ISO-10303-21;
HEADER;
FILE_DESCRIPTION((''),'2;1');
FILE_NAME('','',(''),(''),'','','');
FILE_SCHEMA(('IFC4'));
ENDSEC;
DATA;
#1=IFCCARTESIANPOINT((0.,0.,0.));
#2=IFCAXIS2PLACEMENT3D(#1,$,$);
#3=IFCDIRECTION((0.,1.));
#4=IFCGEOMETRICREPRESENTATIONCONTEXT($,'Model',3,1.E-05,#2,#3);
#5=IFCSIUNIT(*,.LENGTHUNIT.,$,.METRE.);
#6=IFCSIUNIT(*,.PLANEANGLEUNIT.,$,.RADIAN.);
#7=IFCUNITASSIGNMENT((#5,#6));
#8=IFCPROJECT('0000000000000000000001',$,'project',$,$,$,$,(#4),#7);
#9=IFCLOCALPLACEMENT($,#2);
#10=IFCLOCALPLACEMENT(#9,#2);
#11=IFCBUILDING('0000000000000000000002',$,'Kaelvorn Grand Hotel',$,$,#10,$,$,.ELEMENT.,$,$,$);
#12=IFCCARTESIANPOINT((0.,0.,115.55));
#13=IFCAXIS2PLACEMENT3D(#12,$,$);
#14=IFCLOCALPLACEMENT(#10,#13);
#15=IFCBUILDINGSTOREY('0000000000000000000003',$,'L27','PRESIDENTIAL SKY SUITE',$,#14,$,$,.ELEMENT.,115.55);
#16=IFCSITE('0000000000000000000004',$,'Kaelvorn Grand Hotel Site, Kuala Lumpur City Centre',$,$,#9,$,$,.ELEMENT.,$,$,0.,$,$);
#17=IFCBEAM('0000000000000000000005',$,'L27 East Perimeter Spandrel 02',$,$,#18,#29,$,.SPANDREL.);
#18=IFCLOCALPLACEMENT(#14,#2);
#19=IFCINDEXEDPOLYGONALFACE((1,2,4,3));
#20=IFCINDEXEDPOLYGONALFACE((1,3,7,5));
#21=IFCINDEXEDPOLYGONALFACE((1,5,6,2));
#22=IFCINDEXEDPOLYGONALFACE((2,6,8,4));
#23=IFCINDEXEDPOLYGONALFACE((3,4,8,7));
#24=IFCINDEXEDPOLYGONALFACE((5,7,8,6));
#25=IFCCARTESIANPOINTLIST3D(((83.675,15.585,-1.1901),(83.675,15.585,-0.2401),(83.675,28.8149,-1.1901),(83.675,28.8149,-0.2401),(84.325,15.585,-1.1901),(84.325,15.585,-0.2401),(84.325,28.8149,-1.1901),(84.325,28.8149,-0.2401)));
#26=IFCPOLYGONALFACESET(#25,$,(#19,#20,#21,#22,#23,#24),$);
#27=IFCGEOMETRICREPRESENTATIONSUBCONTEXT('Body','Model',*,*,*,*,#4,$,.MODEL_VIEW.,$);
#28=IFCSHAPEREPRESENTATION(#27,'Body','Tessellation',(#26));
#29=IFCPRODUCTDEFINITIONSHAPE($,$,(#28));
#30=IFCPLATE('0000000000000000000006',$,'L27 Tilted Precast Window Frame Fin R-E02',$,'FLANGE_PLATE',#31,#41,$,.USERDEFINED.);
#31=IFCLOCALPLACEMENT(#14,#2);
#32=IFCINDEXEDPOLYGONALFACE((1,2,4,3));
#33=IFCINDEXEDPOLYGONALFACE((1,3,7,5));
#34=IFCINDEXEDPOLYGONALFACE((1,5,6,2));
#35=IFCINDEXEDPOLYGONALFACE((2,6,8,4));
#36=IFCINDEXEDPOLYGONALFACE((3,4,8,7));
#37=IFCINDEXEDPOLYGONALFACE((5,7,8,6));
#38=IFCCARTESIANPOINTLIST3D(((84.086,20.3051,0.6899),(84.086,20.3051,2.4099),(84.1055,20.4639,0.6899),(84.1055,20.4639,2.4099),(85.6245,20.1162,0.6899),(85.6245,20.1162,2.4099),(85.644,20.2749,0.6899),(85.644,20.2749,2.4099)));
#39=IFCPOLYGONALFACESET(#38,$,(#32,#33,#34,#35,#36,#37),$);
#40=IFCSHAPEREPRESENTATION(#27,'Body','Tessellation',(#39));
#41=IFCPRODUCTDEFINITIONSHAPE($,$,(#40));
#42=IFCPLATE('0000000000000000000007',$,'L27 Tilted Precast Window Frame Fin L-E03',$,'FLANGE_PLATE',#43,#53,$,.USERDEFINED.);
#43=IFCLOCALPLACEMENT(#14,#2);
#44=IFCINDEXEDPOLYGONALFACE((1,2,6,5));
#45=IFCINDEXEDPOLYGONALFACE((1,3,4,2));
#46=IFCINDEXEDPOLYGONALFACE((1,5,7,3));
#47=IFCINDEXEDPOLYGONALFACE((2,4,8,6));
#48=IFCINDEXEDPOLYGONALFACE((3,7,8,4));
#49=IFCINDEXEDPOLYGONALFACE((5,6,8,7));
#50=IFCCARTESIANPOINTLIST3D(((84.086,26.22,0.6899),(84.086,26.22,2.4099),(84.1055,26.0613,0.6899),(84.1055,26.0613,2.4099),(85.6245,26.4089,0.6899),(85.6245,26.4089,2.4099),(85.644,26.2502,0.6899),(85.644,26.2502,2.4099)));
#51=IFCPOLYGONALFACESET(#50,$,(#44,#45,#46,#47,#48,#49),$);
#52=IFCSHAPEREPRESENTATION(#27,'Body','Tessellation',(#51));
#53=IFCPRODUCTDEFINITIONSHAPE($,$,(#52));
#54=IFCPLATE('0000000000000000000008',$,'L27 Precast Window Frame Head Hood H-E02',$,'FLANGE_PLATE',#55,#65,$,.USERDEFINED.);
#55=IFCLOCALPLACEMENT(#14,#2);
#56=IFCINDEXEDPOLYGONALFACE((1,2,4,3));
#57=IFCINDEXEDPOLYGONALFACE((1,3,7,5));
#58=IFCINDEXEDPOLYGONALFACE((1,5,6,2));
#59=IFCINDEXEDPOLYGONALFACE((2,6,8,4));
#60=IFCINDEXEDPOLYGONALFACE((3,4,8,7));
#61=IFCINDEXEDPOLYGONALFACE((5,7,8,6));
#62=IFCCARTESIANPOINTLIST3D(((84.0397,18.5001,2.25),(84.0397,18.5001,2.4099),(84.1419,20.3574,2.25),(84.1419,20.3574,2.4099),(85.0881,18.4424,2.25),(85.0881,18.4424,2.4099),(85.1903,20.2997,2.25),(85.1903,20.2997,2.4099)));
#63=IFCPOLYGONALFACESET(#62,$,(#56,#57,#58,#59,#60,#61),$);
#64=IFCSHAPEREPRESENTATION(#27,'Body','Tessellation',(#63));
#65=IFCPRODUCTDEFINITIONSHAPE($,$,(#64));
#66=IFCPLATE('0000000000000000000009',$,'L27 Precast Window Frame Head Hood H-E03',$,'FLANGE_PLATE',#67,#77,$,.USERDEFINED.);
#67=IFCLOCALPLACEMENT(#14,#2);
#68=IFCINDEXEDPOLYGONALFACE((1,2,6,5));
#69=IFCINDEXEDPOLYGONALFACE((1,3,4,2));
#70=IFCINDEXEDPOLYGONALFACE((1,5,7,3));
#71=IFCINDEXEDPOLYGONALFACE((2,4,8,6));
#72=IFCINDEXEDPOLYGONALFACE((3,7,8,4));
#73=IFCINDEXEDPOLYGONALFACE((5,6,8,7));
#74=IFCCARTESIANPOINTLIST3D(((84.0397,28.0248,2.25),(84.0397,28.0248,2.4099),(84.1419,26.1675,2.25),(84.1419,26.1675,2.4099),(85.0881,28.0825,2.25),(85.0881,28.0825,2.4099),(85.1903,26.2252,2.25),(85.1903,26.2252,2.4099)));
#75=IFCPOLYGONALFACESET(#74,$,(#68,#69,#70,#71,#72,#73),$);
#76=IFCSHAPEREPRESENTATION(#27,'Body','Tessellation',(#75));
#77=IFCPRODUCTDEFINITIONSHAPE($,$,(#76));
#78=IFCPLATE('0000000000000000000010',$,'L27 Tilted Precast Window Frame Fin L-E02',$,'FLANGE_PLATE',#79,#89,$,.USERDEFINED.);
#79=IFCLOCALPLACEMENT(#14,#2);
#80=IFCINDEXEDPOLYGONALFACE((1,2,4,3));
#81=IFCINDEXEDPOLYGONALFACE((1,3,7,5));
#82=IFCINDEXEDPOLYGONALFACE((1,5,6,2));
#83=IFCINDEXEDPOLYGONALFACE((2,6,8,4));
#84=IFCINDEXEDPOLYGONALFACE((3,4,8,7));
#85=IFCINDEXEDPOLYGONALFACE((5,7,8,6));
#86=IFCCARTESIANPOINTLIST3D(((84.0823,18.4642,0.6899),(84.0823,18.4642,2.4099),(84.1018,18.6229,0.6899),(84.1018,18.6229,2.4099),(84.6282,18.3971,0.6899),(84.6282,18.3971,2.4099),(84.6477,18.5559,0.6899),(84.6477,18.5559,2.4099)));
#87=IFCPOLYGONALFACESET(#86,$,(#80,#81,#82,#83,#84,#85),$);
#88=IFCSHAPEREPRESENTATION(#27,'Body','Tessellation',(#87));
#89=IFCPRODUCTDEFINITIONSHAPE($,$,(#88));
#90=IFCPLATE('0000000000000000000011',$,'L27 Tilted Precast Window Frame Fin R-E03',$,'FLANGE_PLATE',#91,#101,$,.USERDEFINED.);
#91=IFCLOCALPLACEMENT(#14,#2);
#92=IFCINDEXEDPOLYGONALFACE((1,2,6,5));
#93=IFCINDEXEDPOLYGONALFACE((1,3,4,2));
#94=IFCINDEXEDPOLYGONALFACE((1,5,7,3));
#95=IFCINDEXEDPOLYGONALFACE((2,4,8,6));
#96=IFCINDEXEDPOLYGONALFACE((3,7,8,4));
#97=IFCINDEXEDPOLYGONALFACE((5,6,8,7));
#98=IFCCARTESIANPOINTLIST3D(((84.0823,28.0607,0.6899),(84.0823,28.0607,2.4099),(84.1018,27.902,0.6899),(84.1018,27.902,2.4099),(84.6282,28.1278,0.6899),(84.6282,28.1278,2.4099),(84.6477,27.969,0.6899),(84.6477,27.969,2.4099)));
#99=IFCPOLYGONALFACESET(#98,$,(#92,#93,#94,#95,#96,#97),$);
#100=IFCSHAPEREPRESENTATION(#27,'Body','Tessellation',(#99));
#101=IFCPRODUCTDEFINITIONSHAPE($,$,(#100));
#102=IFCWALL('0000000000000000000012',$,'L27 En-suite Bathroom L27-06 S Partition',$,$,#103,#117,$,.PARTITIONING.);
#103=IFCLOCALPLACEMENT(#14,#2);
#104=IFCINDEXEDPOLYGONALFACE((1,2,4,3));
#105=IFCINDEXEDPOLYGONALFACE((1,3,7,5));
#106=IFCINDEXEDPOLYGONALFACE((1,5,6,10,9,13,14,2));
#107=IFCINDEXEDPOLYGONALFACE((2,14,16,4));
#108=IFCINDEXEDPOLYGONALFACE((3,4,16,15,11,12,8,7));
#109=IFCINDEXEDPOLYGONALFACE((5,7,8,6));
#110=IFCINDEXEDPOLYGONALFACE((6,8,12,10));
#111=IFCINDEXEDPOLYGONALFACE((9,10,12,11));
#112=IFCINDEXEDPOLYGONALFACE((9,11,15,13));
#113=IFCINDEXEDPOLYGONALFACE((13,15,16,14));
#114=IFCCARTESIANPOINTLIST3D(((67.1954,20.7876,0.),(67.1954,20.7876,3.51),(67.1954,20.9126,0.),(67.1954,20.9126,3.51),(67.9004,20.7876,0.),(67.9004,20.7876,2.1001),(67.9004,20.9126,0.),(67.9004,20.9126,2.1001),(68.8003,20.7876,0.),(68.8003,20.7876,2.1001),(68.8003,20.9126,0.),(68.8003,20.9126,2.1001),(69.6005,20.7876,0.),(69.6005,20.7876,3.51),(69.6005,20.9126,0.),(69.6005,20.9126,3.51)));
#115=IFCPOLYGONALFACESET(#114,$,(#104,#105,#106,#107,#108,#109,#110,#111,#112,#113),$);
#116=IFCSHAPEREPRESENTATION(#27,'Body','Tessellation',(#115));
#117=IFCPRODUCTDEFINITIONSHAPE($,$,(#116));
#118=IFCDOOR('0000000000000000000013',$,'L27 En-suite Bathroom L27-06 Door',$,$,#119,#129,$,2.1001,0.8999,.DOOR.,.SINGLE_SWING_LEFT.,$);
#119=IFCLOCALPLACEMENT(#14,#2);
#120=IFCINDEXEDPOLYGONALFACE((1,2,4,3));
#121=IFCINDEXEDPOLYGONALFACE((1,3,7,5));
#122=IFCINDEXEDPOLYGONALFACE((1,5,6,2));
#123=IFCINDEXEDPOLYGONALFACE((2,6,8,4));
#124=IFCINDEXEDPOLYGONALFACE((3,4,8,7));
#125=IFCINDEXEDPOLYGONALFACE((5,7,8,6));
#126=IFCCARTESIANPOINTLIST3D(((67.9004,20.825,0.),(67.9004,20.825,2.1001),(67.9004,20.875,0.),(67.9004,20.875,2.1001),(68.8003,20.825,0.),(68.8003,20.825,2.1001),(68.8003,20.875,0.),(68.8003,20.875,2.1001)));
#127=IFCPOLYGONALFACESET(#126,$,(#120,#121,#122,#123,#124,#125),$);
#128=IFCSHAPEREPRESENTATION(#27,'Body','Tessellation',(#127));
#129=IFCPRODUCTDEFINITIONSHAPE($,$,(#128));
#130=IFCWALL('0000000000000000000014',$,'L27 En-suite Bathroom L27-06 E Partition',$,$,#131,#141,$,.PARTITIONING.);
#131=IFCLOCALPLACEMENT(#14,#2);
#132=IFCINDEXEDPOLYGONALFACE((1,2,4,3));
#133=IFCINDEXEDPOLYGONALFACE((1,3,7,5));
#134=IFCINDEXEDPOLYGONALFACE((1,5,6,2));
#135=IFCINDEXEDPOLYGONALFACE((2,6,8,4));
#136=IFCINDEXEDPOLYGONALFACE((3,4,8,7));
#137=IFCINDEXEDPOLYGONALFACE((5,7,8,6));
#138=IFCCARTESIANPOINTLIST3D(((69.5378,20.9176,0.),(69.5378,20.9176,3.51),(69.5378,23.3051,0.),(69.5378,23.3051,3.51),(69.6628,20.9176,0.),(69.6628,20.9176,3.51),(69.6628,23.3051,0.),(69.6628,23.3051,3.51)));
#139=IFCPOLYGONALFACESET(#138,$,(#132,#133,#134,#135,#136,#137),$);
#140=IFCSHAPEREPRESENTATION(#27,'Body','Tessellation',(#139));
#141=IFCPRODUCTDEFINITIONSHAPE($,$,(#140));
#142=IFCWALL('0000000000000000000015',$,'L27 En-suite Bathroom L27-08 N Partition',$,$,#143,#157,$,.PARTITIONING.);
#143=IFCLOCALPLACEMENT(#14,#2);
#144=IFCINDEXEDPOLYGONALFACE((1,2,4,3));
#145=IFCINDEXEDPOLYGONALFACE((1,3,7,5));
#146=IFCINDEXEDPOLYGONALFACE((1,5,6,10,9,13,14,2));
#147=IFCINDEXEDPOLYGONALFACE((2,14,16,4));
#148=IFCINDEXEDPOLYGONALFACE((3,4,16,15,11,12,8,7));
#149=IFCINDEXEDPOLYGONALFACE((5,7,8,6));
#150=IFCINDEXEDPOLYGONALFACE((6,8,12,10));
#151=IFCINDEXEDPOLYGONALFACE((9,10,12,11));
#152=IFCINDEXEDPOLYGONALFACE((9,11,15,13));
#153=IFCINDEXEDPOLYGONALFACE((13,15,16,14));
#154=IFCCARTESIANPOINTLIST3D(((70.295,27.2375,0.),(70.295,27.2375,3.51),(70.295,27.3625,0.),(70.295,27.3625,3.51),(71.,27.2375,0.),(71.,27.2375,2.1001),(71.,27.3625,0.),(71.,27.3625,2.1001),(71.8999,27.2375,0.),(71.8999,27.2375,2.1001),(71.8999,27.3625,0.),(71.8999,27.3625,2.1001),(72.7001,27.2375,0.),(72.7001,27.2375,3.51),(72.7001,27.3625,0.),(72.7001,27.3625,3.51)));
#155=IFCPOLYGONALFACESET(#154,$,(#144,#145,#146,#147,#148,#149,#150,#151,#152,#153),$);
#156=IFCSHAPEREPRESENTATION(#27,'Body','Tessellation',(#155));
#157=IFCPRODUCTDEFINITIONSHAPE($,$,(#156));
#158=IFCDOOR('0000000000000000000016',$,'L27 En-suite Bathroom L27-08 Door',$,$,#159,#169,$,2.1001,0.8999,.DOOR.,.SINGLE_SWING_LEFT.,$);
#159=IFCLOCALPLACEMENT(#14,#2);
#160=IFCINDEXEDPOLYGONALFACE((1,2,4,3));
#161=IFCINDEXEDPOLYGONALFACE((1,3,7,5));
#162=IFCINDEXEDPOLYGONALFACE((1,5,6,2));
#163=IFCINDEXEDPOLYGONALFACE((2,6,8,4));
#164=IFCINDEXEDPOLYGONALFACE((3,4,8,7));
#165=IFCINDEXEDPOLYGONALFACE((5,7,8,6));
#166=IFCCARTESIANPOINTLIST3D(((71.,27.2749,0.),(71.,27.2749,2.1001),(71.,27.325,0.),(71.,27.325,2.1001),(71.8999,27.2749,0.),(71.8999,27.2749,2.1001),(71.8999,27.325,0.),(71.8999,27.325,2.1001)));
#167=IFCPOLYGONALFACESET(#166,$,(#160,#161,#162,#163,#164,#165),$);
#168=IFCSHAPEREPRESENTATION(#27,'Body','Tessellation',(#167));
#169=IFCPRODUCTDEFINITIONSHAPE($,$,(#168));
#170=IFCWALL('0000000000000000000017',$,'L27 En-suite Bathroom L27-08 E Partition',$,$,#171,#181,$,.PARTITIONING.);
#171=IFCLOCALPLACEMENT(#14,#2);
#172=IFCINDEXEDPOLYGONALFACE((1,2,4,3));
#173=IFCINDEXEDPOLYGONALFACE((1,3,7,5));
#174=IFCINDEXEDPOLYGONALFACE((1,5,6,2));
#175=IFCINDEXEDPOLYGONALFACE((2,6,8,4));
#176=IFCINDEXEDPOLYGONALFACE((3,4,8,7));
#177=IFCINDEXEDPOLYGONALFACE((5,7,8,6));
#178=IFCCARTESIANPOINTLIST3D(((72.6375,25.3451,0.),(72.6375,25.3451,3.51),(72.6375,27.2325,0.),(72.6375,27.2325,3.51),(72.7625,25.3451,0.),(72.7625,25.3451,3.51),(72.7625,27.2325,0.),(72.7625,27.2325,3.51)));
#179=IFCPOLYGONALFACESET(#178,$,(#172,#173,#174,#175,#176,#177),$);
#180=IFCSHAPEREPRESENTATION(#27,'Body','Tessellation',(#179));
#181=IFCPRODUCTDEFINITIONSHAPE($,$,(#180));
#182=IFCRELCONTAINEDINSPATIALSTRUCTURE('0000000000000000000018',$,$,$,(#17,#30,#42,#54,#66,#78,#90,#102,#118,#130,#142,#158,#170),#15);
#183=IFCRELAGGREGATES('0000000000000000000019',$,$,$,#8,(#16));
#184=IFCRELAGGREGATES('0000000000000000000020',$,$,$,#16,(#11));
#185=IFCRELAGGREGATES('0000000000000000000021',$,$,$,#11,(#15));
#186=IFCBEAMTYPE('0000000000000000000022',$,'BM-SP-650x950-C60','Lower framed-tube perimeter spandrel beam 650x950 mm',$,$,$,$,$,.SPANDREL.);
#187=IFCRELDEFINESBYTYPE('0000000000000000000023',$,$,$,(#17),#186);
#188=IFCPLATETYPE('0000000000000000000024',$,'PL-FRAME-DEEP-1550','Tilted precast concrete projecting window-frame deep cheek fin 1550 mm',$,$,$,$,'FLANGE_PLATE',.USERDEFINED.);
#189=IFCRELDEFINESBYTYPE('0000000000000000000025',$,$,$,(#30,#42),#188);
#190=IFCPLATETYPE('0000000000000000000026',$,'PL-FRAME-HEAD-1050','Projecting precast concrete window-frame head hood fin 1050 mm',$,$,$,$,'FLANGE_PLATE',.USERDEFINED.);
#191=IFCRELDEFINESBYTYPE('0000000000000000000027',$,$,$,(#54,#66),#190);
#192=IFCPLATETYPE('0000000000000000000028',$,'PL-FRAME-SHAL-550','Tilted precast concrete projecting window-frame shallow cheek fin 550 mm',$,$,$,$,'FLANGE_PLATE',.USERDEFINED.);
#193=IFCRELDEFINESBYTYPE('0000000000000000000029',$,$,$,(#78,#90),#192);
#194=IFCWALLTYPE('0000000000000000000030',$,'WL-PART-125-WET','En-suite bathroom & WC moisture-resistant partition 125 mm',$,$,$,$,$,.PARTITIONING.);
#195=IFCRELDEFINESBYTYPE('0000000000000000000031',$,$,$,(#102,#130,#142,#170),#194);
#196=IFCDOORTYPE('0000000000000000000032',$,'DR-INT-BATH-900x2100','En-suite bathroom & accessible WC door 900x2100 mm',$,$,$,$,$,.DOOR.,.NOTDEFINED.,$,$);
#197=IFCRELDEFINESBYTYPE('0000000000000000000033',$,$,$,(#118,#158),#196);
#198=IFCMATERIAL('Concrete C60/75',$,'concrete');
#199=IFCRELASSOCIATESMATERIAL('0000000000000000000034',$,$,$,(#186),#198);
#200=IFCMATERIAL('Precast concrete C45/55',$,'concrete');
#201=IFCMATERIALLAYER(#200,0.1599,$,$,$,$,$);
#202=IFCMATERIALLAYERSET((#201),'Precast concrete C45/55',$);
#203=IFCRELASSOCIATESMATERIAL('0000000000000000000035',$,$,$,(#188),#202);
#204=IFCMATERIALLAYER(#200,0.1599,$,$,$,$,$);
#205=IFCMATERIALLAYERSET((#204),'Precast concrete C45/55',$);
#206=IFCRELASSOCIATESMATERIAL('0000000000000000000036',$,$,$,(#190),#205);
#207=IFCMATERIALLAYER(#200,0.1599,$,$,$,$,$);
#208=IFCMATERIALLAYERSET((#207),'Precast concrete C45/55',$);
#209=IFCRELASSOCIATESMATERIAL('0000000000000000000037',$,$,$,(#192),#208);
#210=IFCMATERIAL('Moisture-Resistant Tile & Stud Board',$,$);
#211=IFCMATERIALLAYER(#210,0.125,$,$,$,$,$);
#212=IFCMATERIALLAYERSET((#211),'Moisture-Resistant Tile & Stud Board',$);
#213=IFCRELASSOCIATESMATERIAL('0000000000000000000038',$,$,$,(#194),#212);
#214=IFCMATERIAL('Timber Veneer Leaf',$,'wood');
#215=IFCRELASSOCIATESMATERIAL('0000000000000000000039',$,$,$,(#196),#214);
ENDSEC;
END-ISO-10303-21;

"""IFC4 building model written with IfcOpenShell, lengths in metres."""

from ifc_helpers import new_model, si_unit, direction, frame, frame_2d, origin, origin_2d, place, context, subcontext, project, spatial, rectangle, extrude, material, layer, layer_set, material_profile, profile_set, type_object, element, fill, save


model = new_model("IFC4")

# Units and contexts
model_context = context("Model", 3, precision=1e-05, world=origin(), true_north=direction((0.0, 1.0)))
body_context = subcontext(model_context, "Body", "Model", "MODEL_VIEW")
ifc_project = project(units=[si_unit("LENGTHUNIT", "METRE"), si_unit("PLANEANGLEUNIT", "RADIAN")], contexts=[model_context])

# Site, building, storey
site_placement = place(None, origin())
site = spatial("IfcSite", under=ifc_project, at=site_placement, Name="Kaelvorn Grand Hotel Site, Kuala Lumpur City Centre", CompositionType="ELEMENT", RefElevation=0.0)
building_placement = place(site_placement, origin())
building = spatial("IfcBuilding", under=site, at=building_placement, Name="Kaelvorn Grand Hotel", CompositionType="ELEMENT")
storey_placement = place(building_placement, frame((0.0, 0.0, 115.55)))
storey = spatial("IfcBuildingStorey", under=building, at=storey_placement, Name="L27", Description="PRESIDENTIAL SKY SUITE", CompositionType="ELEMENT", Elevation=115.55)

# Shared definitions
ifc_material_1 = material(Name="Concrete C60/75", Category="concrete")

# Beam
ifc_material_profile_1 = material_profile(ifc_material_1, rectangle(XDim=0.6499, YDim=0.95, at=origin_2d()), Name="RC SPANDREL 650x950")
ifc_profile_set_1 = profile_set([ifc_material_profile_1], Name="Concrete C60/75")
beam_type_1 = type_object("IfcBeamType", Name="BM-SP-650x950-C60", Description="Lower framed-tube perimeter spandrel beam 650x950 mm", PredefinedType="SPANDREL", material=ifc_profile_set_1)
beam_1_placement = place(storey_placement, frame((84.0, 15.585, -0.7151), z_axis=(0.0, 1.0, 0.0), x_axis=(-1.0, 0.0, 0.0)))
element("IfcBeam", 1, at=beam_1_placement, inside=storey, type_object=beam_type_1, Name="L27 East Perimeter Spandrel 02", PredefinedType="SPANDREL", context=body_context, shape_type="SweptSolid", body=[
    extrude(rectangle(XDim=0.6499, YDim=0.95, at=origin_2d()), origin(), (0.0, 0.0, 1.0), 13.23),
])

# Plates
ifc_material_2 = material(Name="Precast concrete C45/55", Category="concrete")
ifc_layer_1 = layer(ifc_material_2, 0.1599)
ifc_layer_set_1 = layer_set([ifc_layer_1], Name="Precast concrete C45/55")
plate_type_1 = type_object("IfcPlateType", Name="PL-FRAME-DEEP-1550", Description="Tilted precast concrete projecting window-frame deep cheek fin 1550 mm", ElementType="FLANGE_PLATE", PredefinedType="USERDEFINED", material=ifc_layer_set_1)
for number, where, z_axis, x_axis, name in (
    (2, (84.865, 20.29, 0.6899), (0.0, 0.0, 1.0), (0.121869, 0.992546, 0.0), "L27 Tilted Precast Window Frame Fin R-E02"),
    (3, (84.865, 26.2351, 0.6899), (0.0, 0.0, 1.0), (-0.121869, 0.992546, 0.0), "L27 Tilted Precast Window Frame Fin L-E03"),
):
    element("IfcPlate", number, at=place(storey_placement, frame(where, z_axis=z_axis, x_axis=x_axis)), inside=storey, type_object=plate_type_1, Name=name, ObjectType="FLANGE_PLATE", PredefinedType="USERDEFINED", context=body_context, shape_type="SweptSolid", body=[
        extrude(rectangle(XDim=0.1599, YDim=1.55, at=origin_2d()), origin(), (0.0, 0.0, 1.0), 1.72),
    ])
ifc_layer_2 = layer(ifc_material_2, 0.1599)
ifc_layer_set_2 = layer_set([ifc_layer_2], Name="Precast concrete C45/55")
plate_type_2 = type_object("IfcPlateType", Name="PL-FRAME-HEAD-1050", Description="Projecting precast concrete window-frame head hood fin 1050 mm", ElementType="FLANGE_PLATE", PredefinedType="USERDEFINED", material=ifc_layer_set_2)
for number, where, z_axis, x_axis, name in (
    (4, (84.615, 19.3999, 2.25), (0.0, 0.0, 1.0), (0.05495, 0.998489, 0.0), "L27 Precast Window Frame Head Hood H-E02"),
    (5, (84.615, 27.125, 2.25), (0.0, 0.0, 1.0), (-0.05495, 0.998489, 0.0), "L27 Precast Window Frame Head Hood H-E03"),
):
    element("IfcPlate", number, at=place(storey_placement, frame(where, z_axis=z_axis, x_axis=x_axis)), inside=storey, type_object=plate_type_2, Name=name, ObjectType="FLANGE_PLATE", PredefinedType="USERDEFINED", context=body_context, shape_type="SweptSolid", body=[
        extrude(rectangle(XDim=1.8601, YDim=1.05, at=origin_2d()), origin(), (0.0, 0.0, 1.0), 0.1599),
    ])
ifc_layer_3 = layer(ifc_material_2, 0.1599)
ifc_layer_set_3 = layer_set([ifc_layer_3], Name="Precast concrete C45/55")
plate_type_3 = type_object("IfcPlateType", Name="PL-FRAME-SHAL-550", Description="Tilted precast concrete projecting window-frame shallow cheek fin 550 mm", ElementType="FLANGE_PLATE", PredefinedType="USERDEFINED", material=ifc_layer_set_3)
for number, where, z_axis, x_axis, name in (
    (6, (84.365, 18.51, 0.6899), (0.0, 0.0, 1.0), (0.121869, 0.992546, 0.0), "L27 Tilted Precast Window Frame Fin L-E02"),
    (7, (84.365, 28.0149, 0.6899), (0.0, 0.0, 1.0), (-0.121869, 0.992546, 0.0), "L27 Tilted Precast Window Frame Fin R-E03"),
):
    element("IfcPlate", number, at=place(storey_placement, frame(where, z_axis=z_axis, x_axis=x_axis)), inside=storey, type_object=plate_type_3, Name=name, ObjectType="FLANGE_PLATE", PredefinedType="USERDEFINED", context=body_context, shape_type="SweptSolid", body=[
        extrude(rectangle(XDim=0.1599, YDim=0.55, at=origin_2d()), origin(), (0.0, 0.0, 1.0), 1.72),
    ])

# Wall, opening, door
ifc_material_3 = material(Name="Moisture-Resistant Tile & Stud Board")
ifc_layer_4 = layer(ifc_material_3, 0.125)
ifc_layer_set_4 = layer_set([ifc_layer_4], Name="Moisture-Resistant Tile & Stud Board")
wall_type_1 = type_object("IfcWallType", Name="WL-PART-125-WET", Description="En-suite bathroom & WC moisture-resistant partition 125 mm", PredefinedType="PARTITIONING", material=ifc_layer_set_4)
wall_1_placement = place(storey_placement, frame((67.1953, 20.8501, 0.0), z_axis=(0.0, 0.0, 1.0), x_axis=(1.0, 0.0, 0.0)))
wall_1 = element("IfcWall", 8, at=wall_1_placement, inside=storey, type_object=wall_type_1, Name="L27 En-suite Bathroom L27-06 S Partition", PredefinedType="PARTITIONING", context=body_context, shape_type="SweptSolid", body=[
    extrude(rectangle(XDim=2.405, YDim=0.125, at=frame_2d((1.2026, 0.0))), origin(), (0.0, 0.0, 1.0), 3.51),
])
opening_1_placement = place(wall_1_placement, frame((0.7051, 0.0, 0.0)))
opening_1 = element("IfcOpeningElement", 9, at=opening_1_placement, cuts=wall_1, PredefinedType="OPENING", context=body_context, shape_type="SweptSolid", body=[
    extrude(rectangle(XDim=0.8999, YDim=2.1001, at=frame_2d((0.45, 1.05))), frame((0.0, 0.0725, 0.0), z_axis=(0.0, -1.0, 0.0), x_axis=(1.0, 0.0, 0.0)), (0.0, 0.0, 1.0), 0.145),
])
ifc_material_4 = material(Name="Timber Veneer Leaf", Category="wood")
door_type_1 = type_object("IfcDoorType", Name="DR-INT-BATH-900x2100", Description="En-suite bathroom & accessible WC door 900x2100 mm", OperationType="NOTDEFINED", PredefinedType="DOOR", material=ifc_material_4)
door_1_placement = place(opening_1_placement, origin())
door_1 = element("IfcDoor", 10, at=door_1_placement, inside=storey, type_object=door_type_1, Name="L27 En-suite Bathroom L27-06 Door", OperationType="SINGLE_SWING_LEFT", OverallHeight=2.1001, OverallWidth=0.8999, PredefinedType="DOOR", context=body_context, shape_type="SweptSolid", body=[
    extrude(rectangle(XDim=0.8999, YDim=2.1001, at=frame_2d((0.45, 1.05))), frame((0.0, 0.0249, 0.0), z_axis=(0.0, -1.0, 0.0), x_axis=(1.0, 0.0, 0.0)), (0.0, 0.0, 1.0), 0.05),
])
fill(opening_1, door_1)

# Wall
wall_2_placement = place(storey_placement, frame((69.6003, 20.9175, 0.0), z_axis=(0.0, 0.0, 1.0), x_axis=(0.0, 1.0, 0.0)))
element("IfcWall", 11, at=wall_2_placement, inside=storey, type_object=wall_type_1, Name="L27 En-suite Bathroom L27-06 E Partition", PredefinedType="PARTITIONING", context=body_context, shape_type="SweptSolid", body=[
    extrude(rectangle(XDim=2.3875, YDim=0.125, at=frame_2d((1.1938, 0.0))), origin(), (0.0, 0.0, 1.0), 3.51),
])

# Wall, opening, door
wall_3_placement = place(storey_placement, frame((70.2949, 27.3, 0.0), z_axis=(0.0, 0.0, 1.0), x_axis=(1.0, 0.0, 0.0)))
wall_3 = element("IfcWall", 12, at=wall_3_placement, inside=storey, type_object=wall_type_1, Name="L27 En-suite Bathroom L27-08 N Partition", PredefinedType="PARTITIONING", context=body_context, shape_type="SweptSolid", body=[
    extrude(rectangle(XDim=2.405, YDim=0.125, at=frame_2d((1.2026, 0.0))), origin(), (0.0, 0.0, 1.0), 3.51),
])
opening_2_placement = place(wall_3_placement, frame((0.7051, 0.0, 0.0)))
opening_2 = element("IfcOpeningElement", 13, at=opening_2_placement, cuts=wall_3, PredefinedType="OPENING", context=body_context, shape_type="SweptSolid", body=[
    extrude(rectangle(XDim=0.8999, YDim=2.1001, at=frame_2d((0.45, 1.05))), frame((0.0, 0.0725, 0.0), z_axis=(0.0, -1.0, 0.0), x_axis=(1.0, 0.0, 0.0)), (0.0, 0.0, 1.0), 0.145),
])
door_2_placement = place(opening_2_placement, origin())
door_2 = element("IfcDoor", 14, at=door_2_placement, inside=storey, type_object=door_type_1, Name="L27 En-suite Bathroom L27-08 Door", OperationType="SINGLE_SWING_LEFT", OverallHeight=2.1001, OverallWidth=0.8999, PredefinedType="DOOR", context=body_context, shape_type="SweptSolid", body=[
    extrude(rectangle(XDim=0.8999, YDim=2.1001, at=frame_2d((0.45, 1.05))), frame((0.0, 0.0249, 0.0), z_axis=(0.0, -1.0, 0.0), x_axis=(1.0, 0.0, 0.0)), (0.0, 0.0, 1.0), 0.05),
])
fill(opening_2, door_2)

# Wall
wall_4_placement = place(storey_placement, frame((72.7, 25.345, 0.0), z_axis=(0.0, 0.0, 1.0), x_axis=(0.0, 1.0, 0.0)))
element("IfcWall", 15, at=wall_4_placement, inside=storey, type_object=wall_type_1, Name="L27 En-suite Bathroom L27-08 E Partition", PredefinedType="PARTITIONING", context=body_context, shape_type="SweptSolid", body=[
    extrude(rectangle(XDim=1.8875, YDim=0.125, at=frame_2d((0.9438, 0.0))), origin(), (0.0, 0.0, 1.0), 3.51),
])

save(model, "model.ifc")
